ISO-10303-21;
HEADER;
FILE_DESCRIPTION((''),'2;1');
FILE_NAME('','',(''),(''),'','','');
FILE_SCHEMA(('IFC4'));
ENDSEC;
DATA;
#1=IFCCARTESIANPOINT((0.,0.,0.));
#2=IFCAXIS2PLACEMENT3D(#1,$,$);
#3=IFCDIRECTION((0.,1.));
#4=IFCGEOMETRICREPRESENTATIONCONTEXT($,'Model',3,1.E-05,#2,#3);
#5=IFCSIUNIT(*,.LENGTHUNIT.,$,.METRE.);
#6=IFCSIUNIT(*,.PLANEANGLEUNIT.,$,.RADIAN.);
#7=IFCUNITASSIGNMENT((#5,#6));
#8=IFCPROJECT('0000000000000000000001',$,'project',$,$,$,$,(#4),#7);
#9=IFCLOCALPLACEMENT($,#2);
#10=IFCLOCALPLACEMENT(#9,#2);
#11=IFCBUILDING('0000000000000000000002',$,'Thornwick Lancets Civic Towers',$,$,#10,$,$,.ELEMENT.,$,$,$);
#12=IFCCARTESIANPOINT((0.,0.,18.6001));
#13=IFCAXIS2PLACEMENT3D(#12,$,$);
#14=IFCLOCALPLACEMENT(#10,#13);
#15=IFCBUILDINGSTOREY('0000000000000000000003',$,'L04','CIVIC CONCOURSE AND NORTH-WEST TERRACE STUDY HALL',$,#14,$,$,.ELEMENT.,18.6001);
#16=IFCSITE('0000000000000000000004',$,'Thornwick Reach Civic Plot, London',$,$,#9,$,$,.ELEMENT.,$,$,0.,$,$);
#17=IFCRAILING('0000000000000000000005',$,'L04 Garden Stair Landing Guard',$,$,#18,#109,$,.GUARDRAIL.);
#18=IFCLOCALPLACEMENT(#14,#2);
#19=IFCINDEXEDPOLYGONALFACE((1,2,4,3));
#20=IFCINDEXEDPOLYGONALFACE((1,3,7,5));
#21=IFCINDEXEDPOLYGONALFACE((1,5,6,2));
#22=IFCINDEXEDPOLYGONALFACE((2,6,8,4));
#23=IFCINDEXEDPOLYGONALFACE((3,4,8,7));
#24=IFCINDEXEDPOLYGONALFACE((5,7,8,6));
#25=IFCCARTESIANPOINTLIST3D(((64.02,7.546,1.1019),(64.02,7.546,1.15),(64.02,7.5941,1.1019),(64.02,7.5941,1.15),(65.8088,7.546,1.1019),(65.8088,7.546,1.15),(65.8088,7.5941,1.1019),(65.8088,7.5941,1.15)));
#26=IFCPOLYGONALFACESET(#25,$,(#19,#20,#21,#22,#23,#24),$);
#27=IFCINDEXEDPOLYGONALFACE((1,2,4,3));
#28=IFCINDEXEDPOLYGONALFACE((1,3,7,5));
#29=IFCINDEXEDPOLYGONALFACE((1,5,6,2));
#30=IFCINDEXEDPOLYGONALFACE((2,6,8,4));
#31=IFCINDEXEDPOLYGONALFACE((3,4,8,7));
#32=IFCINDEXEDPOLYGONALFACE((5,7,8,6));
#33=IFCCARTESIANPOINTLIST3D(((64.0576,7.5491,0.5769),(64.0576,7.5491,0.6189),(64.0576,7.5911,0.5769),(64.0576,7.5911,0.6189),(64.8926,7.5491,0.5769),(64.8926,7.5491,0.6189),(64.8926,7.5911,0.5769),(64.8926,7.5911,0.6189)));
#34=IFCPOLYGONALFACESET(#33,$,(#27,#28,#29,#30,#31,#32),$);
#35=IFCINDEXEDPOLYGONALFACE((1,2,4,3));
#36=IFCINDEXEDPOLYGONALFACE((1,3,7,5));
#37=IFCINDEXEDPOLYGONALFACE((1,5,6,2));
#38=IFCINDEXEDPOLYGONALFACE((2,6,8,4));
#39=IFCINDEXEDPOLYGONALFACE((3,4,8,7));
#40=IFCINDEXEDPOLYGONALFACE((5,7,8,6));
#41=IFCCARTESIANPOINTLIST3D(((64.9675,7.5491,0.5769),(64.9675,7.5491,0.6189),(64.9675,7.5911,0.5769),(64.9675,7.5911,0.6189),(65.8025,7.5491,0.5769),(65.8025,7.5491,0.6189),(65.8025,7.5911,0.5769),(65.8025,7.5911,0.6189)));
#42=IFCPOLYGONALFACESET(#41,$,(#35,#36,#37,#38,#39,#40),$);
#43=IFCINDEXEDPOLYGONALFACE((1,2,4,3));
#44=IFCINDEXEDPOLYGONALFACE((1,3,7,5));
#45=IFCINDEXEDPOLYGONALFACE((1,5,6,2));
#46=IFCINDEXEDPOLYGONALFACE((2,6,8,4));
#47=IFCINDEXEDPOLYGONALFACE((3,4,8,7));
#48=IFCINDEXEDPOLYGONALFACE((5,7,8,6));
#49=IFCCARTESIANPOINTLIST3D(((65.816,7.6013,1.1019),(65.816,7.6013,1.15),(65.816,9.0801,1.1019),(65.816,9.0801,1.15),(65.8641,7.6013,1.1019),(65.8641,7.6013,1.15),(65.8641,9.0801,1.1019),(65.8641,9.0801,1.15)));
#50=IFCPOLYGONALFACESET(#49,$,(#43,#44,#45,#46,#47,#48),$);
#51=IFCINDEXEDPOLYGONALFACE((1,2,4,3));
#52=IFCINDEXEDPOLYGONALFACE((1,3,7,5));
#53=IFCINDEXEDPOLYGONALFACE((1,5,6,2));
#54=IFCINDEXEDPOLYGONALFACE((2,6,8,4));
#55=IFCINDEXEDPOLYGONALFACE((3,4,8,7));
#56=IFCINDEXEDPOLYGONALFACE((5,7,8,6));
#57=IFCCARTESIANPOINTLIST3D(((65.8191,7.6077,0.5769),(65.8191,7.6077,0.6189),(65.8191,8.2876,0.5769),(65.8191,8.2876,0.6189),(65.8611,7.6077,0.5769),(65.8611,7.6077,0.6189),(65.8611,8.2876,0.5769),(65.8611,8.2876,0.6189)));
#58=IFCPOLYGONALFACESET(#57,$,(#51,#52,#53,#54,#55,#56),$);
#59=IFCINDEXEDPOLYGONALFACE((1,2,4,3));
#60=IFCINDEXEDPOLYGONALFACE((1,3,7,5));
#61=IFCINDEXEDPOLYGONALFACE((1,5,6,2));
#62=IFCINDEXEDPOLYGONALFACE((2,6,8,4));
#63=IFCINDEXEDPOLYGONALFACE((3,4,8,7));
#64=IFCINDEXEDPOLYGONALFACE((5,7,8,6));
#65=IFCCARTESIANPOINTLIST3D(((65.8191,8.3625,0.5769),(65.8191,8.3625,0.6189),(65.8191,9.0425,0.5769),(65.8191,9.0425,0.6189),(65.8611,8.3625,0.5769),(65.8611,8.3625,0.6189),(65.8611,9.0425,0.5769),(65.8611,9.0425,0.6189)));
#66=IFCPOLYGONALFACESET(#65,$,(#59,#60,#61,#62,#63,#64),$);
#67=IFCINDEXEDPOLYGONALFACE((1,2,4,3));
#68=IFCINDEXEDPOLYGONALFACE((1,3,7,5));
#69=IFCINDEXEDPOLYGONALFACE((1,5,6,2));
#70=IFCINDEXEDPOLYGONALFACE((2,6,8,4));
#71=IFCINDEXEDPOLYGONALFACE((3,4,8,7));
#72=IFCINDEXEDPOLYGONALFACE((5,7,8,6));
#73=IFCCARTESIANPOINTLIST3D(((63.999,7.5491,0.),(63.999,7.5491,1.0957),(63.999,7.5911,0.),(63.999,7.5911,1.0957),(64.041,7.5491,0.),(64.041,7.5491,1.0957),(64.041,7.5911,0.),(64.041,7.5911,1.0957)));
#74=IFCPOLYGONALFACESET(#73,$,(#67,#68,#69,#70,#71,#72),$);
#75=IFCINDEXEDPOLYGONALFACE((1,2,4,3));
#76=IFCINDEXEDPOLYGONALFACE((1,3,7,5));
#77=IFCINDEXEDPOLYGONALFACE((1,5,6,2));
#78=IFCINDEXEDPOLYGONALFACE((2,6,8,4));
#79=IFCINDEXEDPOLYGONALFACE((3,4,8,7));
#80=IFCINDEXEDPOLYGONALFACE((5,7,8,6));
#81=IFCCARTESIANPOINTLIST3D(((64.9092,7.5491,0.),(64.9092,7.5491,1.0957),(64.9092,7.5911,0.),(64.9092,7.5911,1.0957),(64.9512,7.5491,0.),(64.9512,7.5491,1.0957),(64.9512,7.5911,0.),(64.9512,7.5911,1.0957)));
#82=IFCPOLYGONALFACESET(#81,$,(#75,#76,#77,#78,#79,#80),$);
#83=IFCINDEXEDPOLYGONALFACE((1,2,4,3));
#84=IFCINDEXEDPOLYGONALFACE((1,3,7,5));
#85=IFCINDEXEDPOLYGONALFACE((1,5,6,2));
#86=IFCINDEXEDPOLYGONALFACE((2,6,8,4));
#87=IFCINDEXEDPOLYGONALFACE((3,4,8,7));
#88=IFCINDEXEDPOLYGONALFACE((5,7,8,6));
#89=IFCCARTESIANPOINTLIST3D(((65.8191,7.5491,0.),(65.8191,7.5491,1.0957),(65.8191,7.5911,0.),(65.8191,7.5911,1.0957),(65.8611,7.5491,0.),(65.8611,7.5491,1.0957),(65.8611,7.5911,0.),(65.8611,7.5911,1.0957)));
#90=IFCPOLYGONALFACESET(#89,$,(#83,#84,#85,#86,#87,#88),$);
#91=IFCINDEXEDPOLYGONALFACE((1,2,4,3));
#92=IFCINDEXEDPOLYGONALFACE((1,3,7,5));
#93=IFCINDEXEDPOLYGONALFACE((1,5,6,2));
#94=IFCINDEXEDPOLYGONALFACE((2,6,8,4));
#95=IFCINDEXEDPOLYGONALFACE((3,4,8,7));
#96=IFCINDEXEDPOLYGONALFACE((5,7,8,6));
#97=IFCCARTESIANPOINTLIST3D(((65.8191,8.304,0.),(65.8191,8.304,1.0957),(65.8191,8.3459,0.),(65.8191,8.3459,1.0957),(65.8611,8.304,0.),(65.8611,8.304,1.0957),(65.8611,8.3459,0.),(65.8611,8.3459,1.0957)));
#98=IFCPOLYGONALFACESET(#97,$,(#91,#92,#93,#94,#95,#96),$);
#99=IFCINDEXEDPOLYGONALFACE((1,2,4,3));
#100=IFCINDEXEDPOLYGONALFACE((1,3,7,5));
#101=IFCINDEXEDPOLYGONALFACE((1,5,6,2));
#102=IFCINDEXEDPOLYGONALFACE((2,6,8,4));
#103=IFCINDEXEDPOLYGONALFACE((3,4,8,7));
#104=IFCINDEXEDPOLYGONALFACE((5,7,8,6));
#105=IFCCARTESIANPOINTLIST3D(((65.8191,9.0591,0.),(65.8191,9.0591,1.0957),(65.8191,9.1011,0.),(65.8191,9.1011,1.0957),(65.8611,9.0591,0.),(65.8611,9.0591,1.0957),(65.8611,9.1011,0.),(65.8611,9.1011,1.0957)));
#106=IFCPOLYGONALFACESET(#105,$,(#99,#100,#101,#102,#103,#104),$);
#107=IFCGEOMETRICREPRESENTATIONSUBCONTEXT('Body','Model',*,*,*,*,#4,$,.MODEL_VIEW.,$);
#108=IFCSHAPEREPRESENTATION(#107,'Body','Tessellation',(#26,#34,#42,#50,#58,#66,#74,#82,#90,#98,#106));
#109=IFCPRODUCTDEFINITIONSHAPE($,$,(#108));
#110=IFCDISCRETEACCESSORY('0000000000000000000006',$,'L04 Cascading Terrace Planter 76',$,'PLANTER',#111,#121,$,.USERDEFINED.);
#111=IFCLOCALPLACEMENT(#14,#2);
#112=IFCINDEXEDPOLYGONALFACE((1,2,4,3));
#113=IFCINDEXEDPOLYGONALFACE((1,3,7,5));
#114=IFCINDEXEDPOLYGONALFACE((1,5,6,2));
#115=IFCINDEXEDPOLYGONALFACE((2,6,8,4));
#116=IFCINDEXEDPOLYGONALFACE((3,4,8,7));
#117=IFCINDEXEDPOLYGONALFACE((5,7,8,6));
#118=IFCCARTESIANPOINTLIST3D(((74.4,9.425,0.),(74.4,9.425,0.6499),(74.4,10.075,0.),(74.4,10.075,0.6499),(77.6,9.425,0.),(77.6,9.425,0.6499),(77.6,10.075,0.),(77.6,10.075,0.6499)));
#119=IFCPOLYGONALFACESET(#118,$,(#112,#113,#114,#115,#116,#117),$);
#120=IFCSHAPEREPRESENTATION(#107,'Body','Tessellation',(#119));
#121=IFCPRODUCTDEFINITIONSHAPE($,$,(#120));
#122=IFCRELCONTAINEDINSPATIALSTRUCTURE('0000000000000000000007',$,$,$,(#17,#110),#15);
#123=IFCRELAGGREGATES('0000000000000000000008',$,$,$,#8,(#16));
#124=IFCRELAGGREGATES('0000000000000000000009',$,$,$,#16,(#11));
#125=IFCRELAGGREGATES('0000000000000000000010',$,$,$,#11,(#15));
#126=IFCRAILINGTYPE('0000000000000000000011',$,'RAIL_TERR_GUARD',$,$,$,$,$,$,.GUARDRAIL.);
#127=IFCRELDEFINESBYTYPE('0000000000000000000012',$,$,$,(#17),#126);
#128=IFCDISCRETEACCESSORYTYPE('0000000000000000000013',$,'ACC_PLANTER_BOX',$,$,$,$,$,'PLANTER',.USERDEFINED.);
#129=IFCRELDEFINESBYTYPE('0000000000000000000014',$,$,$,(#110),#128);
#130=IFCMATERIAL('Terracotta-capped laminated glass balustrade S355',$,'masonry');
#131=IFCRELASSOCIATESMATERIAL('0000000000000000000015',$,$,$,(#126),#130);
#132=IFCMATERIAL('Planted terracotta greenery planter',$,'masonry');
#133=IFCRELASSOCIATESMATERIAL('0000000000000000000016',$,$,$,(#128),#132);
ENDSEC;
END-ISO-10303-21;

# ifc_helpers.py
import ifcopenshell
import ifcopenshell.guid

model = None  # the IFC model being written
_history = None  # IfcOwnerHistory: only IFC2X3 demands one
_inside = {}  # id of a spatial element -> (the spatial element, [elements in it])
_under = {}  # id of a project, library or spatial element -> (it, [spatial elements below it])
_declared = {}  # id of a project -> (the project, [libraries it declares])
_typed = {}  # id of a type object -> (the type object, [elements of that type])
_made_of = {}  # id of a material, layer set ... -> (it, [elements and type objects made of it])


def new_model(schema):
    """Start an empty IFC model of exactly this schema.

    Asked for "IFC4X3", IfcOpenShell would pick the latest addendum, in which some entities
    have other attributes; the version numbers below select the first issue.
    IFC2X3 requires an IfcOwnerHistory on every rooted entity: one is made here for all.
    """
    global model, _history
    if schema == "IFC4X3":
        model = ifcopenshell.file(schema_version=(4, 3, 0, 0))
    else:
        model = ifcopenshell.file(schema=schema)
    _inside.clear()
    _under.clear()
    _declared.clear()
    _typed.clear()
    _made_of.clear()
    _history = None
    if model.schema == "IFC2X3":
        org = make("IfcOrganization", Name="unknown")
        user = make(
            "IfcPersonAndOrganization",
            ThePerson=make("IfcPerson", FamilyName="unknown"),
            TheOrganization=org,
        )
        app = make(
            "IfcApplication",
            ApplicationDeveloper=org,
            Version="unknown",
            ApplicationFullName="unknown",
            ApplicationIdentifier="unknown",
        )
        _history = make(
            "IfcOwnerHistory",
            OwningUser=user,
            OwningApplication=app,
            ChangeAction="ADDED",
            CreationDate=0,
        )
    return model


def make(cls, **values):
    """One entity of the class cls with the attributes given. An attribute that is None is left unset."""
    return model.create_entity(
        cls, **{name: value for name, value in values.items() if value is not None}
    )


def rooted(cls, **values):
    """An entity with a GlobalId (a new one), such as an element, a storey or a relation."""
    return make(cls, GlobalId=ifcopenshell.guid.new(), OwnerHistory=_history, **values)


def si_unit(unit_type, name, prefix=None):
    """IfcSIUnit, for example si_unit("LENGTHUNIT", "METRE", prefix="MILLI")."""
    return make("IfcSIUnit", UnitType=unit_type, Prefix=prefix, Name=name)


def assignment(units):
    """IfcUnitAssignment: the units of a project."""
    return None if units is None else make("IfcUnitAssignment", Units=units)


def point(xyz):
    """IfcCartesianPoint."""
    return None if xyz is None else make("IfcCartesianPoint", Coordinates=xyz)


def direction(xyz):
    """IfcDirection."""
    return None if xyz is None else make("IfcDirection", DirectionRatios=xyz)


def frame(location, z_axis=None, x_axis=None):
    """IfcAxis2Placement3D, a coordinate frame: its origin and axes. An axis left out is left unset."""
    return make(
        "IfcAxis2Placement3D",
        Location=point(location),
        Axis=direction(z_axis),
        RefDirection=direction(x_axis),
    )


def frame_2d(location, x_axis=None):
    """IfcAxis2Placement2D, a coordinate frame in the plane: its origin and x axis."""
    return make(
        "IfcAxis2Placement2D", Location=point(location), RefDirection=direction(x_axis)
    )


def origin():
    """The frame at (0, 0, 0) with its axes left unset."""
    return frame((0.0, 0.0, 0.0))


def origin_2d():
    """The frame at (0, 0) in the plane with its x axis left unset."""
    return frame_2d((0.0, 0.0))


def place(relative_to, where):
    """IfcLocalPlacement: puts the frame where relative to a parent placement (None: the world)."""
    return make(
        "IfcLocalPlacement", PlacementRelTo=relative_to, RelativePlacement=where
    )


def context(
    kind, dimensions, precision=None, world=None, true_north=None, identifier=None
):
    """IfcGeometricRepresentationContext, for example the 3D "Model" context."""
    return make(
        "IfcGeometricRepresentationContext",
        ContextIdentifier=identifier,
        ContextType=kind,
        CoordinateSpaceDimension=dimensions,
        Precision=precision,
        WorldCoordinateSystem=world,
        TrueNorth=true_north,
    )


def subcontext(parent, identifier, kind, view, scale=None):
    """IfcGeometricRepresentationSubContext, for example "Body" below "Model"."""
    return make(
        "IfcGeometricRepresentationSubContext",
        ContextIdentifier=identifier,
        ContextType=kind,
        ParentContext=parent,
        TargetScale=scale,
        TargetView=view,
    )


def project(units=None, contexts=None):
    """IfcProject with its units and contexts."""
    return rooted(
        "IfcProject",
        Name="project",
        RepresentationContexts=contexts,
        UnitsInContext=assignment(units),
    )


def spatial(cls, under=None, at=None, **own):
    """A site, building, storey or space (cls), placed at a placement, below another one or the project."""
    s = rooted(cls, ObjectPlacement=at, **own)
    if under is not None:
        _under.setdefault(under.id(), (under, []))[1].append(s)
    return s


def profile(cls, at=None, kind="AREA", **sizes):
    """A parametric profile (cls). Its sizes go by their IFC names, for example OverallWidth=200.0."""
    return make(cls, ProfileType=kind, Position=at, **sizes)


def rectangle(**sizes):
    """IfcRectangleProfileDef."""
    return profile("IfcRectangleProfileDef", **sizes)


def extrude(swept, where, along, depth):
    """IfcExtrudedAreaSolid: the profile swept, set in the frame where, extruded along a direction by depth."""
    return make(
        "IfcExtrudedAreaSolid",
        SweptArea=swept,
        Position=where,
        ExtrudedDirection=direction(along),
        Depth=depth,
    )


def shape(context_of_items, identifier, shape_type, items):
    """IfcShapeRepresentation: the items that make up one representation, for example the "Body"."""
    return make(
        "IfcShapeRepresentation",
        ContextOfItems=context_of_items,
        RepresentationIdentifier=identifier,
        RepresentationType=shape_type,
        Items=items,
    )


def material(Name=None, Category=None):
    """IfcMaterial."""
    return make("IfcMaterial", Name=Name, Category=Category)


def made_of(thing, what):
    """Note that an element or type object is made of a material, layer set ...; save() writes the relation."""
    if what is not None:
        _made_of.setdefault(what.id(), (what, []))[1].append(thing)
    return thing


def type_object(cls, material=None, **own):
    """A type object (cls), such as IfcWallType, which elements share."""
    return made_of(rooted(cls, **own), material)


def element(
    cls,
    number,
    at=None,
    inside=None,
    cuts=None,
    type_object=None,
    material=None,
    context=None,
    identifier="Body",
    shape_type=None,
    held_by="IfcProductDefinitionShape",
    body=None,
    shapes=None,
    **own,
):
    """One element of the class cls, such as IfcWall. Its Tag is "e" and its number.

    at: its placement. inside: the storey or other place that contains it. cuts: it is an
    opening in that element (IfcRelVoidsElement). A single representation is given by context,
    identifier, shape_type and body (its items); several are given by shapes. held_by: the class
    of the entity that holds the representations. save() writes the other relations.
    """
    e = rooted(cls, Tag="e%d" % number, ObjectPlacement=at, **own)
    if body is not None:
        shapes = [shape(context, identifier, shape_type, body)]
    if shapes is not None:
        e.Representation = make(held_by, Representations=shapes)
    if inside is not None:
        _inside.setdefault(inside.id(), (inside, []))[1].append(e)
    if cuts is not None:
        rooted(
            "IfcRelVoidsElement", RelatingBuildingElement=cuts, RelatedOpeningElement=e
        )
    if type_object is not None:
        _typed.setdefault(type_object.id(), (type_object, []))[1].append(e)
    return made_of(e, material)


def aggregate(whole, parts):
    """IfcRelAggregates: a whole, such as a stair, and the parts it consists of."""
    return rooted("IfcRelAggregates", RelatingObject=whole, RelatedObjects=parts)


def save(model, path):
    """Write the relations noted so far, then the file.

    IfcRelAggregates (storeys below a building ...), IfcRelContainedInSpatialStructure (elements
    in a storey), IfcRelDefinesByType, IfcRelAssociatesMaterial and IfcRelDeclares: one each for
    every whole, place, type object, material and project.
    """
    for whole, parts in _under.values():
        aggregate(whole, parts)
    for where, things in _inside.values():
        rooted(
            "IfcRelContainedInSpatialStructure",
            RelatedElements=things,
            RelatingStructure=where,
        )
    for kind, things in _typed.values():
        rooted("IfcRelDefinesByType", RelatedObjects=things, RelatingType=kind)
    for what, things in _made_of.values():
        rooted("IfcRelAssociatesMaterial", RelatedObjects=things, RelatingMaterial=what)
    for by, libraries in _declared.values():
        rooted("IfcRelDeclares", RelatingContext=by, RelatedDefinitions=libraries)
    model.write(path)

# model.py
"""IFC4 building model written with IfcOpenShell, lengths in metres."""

from ifc_helpers import new_model, si_unit, direction, frame, origin, origin_2d, place, context, subcontext, project, spatial, rectangle, extrude, material, type_object, element, save


model = new_model("IFC4")

# Units and contexts
model_context = context("Model", 3, precision=1e-05, world=origin(), true_north=direction((0.0, 1.0)))
body_context = subcontext(model_context, "Body", "Model", "MODEL_VIEW")
ifc_project = project(units=[si_unit("LENGTHUNIT", "METRE"), si_unit("PLANEANGLEUNIT", "RADIAN")], contexts=[model_context])

# Site, building, storey
site_placement = place(None, origin())
site = spatial("IfcSite", under=ifc_project, at=site_placement, Name="Thornwick Reach Civic Plot, London", CompositionType="ELEMENT", RefElevation=0.0)
building_placement = place(site_placement, origin())
building = spatial("IfcBuilding", under=site, at=building_placement, Name="Thornwick Lancets Civic Towers", CompositionType="ELEMENT")
storey_placement = place(building_placement, frame((0.0, 0.0, 18.6001)))
storey = spatial("IfcBuildingStorey", under=building, at=storey_placement, Name="L04", Description="CIVIC CONCOURSE AND NORTH-WEST TERRACE STUDY HALL", CompositionType="ELEMENT", Elevation=18.6001)

# Railing
ifc_material_1 = material(Name="Terracotta-capped laminated glass balustrade S355", Category="masonry")
railing_type = type_object("IfcRailingType", Name="RAIL_TERR_GUARD", PredefinedType="GUARDRAIL", material=ifc_material_1)
railing_placement = place(storey_placement, frame((64.02, 7.5701, 0.0)))
element("IfcRailing", 1, at=railing_placement, inside=storey, type_object=railing_type, Name="L04 Garden Stair Landing Guard", PredefinedType="GUARDRAIL", context=body_context, shape_type="SweptSolid", body=[
    extrude(rectangle(XDim=0.0481, YDim=0.0481, at=origin_2d()), frame((0.0, 0.0, 1.126), z_axis=(1.0, 0.0, 0.0), x_axis=(0.0, 1.0, 0.0)), (0.0, 0.0, 1.0), 1.7888),
    extrude(rectangle(XDim=0.042, YDim=0.042, at=origin_2d()), frame((0.0376, 0.0, 0.5979), z_axis=(1.0, 0.0, 0.0), x_axis=(0.0, 1.0, 0.0)), (0.0, 0.0, 1.0), 0.835),
    extrude(rectangle(XDim=0.042, YDim=0.042, at=origin_2d()), frame((0.9475, 0.0, 0.5979), z_axis=(1.0, 0.0, 0.0), x_axis=(0.0, 1.0, 0.0)), (0.0, 0.0, 1.0), 0.835),
    extrude(rectangle(XDim=0.0481, YDim=0.0481, at=origin_2d()), frame((1.8201, 0.0312, 1.126), z_axis=(0.0, 1.0, 0.0), x_axis=(-1.0, 0.0, 0.0)), (0.0, 0.0, 1.0), 1.4788),
    extrude(rectangle(XDim=0.042, YDim=0.042, at=origin_2d()), frame((1.8201, 0.0376, 0.5979), z_axis=(0.0, 1.0, 0.0), x_axis=(-1.0, 0.0, 0.0)), (0.0, 0.0, 1.0), 0.6799),
    extrude(rectangle(XDim=0.042, YDim=0.042, at=origin_2d()), frame((1.8201, 0.7925, 0.5979), z_axis=(0.0, 1.0, 0.0), x_axis=(-1.0, 0.0, 0.0)), (0.0, 0.0, 1.0), 0.6799),
    extrude(rectangle(XDim=0.042, YDim=0.042, at=origin_2d()), origin(), (0.0, 0.0, 1.0), 1.0957),
    extrude(rectangle(XDim=0.042, YDim=0.042, at=origin_2d()), frame((0.9102, 0.0, 0.0)), (0.0, 0.0, 1.0), 1.0957),
    extrude(rectangle(XDim=0.042, YDim=0.042, at=origin_2d()), frame((1.8201, 0.0, 0.0)), (0.0, 0.0, 1.0), 1.0957),
    extrude(rectangle(XDim=0.042, YDim=0.042, at=origin_2d()), frame((1.8201, 0.7549, 0.0)), (0.0, 0.0, 1.0), 1.0957),
    extrude(rectangle(XDim=0.042, YDim=0.042, at=origin_2d()), frame((1.8201, 1.51, 0.0)), (0.0, 0.0, 1.0), 1.0957),
])

# Discrete accessory
ifc_material_2 = material(Name="Planted terracotta greenery planter", Category="masonry")
discrete_accessory_type = type_object("IfcDiscreteAccessoryType", Name="ACC_PLANTER_BOX", ElementType="PLANTER", PredefinedType="USERDEFINED", material=ifc_material_2)
discrete_accessory_placement = place(storey_placement, frame((76.0, 9.75, 0.0), z_axis=(0.0, 0.0, 1.0), x_axis=(1.0, 0.0, 0.0)))
element("IfcDiscreteAccessory", 2, at=discrete_accessory_placement, inside=storey, type_object=discrete_accessory_type, Name="L04 Cascading Terrace Planter 76", ObjectType="PLANTER", PredefinedType="USERDEFINED", context=body_context, shape_type="SweptSolid", body=[
    extrude(rectangle(XDim=3.2, YDim=0.6499, at=origin_2d()), origin(), (0.0, 0.0, 1.0), 0.6499),
])

save(model, "model.ifc")
